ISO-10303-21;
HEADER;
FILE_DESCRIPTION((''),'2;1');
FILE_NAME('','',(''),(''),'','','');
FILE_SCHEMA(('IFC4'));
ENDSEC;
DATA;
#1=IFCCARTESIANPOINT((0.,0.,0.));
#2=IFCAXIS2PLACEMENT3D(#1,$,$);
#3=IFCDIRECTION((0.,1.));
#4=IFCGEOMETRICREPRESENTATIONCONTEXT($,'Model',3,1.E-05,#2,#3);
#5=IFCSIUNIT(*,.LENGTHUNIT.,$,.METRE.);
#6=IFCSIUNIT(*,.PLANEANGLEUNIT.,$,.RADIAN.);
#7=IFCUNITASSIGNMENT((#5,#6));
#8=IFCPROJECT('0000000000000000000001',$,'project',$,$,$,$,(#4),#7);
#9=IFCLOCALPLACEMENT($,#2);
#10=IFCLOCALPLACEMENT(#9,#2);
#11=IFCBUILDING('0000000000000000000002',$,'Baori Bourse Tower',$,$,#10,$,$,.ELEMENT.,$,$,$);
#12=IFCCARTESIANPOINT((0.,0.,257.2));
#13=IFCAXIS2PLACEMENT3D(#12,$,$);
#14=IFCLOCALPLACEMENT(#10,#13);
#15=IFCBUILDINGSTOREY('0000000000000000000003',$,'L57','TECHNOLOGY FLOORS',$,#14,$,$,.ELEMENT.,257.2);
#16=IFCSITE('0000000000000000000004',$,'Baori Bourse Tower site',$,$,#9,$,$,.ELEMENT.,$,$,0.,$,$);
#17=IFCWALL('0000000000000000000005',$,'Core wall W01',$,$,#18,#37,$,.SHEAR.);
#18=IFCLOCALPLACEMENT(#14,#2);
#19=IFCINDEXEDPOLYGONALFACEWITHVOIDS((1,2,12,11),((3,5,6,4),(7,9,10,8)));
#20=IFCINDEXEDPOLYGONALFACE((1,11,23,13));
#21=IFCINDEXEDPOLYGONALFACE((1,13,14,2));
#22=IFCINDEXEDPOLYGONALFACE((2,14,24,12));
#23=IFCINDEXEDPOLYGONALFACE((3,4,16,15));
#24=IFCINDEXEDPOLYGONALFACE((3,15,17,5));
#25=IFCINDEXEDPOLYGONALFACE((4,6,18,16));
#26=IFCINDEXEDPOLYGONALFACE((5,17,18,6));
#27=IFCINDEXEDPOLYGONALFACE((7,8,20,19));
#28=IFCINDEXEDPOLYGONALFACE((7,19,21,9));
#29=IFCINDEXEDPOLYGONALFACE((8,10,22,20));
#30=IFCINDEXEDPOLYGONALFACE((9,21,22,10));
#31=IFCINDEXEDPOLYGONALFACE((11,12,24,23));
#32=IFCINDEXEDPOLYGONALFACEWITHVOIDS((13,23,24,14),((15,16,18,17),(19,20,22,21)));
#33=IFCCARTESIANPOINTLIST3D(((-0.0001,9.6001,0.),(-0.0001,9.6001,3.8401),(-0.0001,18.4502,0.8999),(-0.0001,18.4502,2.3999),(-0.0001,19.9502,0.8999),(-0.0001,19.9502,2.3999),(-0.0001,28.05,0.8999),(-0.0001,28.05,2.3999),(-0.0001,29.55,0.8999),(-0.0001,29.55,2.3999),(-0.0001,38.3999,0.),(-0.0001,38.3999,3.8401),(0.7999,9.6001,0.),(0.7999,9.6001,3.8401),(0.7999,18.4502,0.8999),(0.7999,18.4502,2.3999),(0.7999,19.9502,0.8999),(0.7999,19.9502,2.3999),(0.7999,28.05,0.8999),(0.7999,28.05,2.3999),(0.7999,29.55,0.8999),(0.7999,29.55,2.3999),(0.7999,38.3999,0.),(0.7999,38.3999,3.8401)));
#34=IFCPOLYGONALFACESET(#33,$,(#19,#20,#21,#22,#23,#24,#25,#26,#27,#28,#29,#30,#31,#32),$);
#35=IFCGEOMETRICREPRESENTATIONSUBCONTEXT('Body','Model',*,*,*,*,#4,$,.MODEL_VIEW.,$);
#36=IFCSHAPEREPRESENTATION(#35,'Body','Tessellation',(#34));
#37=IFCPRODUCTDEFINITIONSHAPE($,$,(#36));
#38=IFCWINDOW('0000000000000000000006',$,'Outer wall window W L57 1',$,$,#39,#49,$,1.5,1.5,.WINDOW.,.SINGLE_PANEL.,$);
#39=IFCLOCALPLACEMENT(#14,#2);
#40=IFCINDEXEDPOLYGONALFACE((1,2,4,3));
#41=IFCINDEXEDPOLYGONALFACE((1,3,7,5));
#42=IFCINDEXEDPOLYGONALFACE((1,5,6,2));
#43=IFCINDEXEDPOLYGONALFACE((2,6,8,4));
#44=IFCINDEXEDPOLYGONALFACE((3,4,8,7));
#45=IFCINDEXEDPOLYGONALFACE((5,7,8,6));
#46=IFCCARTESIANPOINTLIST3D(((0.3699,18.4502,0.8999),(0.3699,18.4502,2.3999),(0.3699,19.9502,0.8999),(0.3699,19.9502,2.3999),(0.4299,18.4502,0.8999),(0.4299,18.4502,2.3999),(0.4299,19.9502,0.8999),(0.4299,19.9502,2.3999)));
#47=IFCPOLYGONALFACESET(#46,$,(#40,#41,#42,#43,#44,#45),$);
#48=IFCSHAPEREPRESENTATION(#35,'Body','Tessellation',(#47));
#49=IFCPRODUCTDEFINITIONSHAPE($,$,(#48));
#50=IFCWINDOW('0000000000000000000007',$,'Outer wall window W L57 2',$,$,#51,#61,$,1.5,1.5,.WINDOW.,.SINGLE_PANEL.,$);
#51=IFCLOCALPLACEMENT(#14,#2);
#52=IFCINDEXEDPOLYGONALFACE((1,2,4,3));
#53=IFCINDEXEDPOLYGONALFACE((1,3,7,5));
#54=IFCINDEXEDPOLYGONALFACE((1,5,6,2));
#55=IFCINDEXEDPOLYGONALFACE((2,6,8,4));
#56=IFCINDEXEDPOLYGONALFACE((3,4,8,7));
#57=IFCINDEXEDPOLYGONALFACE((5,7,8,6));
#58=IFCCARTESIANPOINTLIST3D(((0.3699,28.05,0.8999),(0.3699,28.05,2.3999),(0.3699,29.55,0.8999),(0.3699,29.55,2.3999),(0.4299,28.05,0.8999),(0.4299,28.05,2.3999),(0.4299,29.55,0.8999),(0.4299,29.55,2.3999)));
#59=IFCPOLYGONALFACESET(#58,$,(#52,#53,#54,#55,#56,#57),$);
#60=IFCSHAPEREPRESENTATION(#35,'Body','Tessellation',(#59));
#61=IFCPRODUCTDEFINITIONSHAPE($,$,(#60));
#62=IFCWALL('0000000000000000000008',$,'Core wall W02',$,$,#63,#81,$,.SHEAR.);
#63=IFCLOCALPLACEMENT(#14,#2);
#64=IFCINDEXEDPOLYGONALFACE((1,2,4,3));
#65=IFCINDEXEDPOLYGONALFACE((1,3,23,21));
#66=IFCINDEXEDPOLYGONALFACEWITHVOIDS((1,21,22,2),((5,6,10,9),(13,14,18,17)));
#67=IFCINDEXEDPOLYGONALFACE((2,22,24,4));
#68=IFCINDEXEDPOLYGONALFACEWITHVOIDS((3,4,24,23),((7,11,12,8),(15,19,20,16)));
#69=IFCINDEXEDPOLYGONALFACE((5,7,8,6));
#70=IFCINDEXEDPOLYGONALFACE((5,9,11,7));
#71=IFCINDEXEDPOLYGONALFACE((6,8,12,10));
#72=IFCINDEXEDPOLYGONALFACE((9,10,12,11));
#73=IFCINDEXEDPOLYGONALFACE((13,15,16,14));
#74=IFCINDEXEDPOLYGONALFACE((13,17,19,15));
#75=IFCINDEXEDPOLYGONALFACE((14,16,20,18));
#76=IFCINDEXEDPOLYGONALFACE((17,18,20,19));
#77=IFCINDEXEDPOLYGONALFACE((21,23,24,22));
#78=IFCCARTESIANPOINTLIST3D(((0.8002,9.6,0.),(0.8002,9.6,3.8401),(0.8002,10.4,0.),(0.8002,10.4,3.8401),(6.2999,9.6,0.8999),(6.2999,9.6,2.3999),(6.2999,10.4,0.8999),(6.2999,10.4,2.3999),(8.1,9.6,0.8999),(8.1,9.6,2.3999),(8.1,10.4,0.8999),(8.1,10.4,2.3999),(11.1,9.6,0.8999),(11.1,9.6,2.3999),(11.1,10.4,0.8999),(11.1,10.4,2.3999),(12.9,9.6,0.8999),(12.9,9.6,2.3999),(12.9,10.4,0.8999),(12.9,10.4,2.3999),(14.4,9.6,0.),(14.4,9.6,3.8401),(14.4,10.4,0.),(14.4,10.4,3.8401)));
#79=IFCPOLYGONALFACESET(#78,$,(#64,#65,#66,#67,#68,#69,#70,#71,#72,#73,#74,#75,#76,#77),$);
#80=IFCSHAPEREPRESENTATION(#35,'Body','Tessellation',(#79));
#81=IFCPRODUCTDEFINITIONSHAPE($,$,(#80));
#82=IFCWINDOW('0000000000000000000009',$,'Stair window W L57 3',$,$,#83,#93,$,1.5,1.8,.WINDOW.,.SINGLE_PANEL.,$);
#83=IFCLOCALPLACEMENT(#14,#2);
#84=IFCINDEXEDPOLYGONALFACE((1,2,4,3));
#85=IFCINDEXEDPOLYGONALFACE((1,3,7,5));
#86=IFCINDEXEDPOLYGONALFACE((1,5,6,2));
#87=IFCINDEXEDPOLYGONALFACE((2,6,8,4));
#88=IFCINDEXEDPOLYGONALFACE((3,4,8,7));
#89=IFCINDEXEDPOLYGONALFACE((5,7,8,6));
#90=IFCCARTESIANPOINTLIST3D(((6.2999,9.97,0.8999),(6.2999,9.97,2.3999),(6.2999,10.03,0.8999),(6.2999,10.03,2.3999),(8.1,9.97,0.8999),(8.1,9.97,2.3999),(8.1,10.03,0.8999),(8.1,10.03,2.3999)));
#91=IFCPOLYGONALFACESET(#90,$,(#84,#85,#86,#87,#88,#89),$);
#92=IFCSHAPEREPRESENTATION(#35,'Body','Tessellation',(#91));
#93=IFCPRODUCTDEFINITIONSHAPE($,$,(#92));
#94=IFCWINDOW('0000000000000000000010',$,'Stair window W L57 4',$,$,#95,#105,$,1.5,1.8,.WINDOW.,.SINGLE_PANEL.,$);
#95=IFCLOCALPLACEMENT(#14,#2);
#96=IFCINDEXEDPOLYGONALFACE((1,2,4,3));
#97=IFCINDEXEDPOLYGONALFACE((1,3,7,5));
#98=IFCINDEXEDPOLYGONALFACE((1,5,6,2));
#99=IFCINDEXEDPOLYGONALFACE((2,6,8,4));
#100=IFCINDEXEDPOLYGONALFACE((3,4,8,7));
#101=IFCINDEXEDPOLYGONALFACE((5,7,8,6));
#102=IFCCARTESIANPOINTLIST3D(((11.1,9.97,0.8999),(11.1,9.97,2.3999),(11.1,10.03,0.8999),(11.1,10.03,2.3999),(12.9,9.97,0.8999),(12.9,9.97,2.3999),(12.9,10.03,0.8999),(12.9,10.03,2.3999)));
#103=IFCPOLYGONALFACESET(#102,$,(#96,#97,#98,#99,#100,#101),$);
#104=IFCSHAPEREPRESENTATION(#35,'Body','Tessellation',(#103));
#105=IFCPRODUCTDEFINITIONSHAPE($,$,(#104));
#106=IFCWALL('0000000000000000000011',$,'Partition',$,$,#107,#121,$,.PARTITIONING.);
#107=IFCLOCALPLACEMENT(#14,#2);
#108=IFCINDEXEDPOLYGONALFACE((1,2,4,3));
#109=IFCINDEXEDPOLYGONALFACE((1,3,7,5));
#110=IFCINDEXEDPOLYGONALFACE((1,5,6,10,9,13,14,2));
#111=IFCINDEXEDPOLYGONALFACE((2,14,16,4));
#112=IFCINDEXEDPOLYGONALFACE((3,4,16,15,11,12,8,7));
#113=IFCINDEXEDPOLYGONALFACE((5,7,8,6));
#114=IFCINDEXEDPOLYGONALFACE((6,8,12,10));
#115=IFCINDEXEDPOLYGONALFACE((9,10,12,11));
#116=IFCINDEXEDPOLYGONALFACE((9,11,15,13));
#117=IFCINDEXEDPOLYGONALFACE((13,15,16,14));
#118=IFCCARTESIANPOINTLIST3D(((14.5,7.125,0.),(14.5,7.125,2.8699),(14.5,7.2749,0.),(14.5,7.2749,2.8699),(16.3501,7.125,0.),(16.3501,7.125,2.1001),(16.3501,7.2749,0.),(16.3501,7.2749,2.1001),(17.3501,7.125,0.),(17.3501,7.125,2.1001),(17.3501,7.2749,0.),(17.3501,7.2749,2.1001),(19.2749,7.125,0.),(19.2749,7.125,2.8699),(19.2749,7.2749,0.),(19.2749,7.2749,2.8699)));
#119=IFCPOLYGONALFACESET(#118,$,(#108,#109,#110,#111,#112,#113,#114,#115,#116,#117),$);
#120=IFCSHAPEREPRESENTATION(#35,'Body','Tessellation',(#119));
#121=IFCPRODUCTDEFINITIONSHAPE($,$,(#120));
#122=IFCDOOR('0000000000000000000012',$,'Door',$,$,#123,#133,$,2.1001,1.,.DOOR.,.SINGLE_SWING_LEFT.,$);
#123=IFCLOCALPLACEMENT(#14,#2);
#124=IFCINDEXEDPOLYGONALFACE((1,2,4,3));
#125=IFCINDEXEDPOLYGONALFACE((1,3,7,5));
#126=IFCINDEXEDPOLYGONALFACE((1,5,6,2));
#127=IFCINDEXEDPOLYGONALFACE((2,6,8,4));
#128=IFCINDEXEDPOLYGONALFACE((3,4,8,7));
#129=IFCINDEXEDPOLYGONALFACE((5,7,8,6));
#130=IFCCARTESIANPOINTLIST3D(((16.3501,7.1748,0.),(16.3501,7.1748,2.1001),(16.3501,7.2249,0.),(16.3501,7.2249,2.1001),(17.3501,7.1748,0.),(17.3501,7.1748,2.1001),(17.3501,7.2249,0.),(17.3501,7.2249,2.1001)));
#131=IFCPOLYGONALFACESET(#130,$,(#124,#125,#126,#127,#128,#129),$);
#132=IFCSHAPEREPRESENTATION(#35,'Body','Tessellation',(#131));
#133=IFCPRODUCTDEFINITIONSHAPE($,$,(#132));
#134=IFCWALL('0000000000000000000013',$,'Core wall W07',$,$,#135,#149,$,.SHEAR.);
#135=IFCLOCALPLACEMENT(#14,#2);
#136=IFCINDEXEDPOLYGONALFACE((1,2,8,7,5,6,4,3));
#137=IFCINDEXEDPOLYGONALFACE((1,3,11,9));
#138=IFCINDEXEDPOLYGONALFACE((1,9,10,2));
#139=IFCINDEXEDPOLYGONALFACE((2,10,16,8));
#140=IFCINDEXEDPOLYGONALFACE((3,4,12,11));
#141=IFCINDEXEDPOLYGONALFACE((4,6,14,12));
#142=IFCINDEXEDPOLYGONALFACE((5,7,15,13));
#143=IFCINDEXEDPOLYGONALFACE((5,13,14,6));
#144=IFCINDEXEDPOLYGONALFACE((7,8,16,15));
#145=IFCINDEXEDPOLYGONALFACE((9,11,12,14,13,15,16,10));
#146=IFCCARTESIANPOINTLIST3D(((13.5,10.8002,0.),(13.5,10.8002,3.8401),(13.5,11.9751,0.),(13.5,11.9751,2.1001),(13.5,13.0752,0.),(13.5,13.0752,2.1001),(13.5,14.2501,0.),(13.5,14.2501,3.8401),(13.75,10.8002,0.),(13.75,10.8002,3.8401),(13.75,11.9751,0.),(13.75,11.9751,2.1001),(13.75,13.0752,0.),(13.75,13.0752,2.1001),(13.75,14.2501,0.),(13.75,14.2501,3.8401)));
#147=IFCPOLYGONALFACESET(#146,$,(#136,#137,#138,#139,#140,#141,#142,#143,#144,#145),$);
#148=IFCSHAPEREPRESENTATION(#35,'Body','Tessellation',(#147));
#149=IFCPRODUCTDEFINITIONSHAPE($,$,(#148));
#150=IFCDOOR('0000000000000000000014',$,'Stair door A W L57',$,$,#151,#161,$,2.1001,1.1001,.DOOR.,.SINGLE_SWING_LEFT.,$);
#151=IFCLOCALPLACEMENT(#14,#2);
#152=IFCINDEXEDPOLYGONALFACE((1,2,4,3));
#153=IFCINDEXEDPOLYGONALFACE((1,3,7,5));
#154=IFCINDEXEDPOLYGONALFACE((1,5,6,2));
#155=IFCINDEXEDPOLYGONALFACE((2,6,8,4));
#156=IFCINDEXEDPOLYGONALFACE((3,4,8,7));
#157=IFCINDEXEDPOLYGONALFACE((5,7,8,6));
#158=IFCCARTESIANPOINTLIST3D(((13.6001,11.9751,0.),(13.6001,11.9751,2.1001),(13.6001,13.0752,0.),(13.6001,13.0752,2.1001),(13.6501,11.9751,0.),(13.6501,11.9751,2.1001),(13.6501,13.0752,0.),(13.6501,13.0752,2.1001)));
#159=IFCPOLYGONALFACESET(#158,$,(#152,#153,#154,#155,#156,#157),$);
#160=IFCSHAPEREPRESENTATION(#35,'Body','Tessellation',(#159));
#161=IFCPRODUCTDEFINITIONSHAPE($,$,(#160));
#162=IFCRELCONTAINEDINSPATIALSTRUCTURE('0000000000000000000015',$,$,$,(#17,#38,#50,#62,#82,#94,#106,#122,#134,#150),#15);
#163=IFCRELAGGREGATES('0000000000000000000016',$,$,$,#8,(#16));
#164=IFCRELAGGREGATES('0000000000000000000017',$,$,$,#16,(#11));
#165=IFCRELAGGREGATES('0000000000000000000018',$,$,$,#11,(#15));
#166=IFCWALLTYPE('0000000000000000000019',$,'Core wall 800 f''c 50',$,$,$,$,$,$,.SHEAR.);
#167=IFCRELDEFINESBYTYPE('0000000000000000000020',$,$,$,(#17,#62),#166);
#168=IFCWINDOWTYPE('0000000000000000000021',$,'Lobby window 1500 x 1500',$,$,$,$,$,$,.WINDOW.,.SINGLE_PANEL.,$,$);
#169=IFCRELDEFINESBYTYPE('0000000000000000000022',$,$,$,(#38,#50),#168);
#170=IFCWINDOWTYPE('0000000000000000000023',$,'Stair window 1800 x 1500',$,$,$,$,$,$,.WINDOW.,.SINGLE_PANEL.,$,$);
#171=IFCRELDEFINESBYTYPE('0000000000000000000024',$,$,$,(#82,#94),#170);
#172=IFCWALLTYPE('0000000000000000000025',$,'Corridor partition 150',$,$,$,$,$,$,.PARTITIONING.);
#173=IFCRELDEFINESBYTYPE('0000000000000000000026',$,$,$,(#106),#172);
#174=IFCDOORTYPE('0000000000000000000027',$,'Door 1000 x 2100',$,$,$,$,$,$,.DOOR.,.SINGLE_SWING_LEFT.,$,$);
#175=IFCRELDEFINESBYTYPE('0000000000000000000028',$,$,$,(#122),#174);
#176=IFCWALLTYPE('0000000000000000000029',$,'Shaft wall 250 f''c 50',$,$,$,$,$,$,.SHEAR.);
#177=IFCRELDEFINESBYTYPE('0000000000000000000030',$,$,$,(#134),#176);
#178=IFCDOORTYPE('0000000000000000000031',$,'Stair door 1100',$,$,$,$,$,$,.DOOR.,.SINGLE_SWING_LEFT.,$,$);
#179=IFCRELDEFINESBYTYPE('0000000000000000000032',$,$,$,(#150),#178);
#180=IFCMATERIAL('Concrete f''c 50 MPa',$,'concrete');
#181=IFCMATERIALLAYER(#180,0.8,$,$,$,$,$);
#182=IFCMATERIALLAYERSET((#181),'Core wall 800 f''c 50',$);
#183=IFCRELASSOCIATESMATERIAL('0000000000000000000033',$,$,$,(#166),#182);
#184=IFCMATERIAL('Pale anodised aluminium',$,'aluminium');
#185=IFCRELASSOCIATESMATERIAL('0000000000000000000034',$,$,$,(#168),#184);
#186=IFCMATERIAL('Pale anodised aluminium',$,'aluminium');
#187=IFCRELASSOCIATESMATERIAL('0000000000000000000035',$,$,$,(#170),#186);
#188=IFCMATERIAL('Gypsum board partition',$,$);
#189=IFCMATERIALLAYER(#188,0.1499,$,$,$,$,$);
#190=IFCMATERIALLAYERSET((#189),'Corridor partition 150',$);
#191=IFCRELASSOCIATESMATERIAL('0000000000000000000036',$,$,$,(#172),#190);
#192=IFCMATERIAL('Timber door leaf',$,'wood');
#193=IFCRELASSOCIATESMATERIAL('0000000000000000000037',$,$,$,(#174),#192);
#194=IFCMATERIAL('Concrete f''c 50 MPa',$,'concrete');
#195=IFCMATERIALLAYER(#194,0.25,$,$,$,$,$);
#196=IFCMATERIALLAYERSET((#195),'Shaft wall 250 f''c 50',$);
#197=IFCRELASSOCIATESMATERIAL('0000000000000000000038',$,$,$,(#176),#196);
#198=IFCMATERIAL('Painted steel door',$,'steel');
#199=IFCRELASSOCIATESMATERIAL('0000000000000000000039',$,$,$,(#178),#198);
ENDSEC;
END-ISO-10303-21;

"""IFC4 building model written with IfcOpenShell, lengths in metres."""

from ifc_helpers import new_model, si_unit, direction, frame, frame_2d, origin, place, context, subcontext, project, spatial, rectangle, extrude, material, layer, layer_set, type_object, element, fill, save


model = new_model("IFC4")

# Units and contexts
model_context = context("Model", 3, precision=1e-05, world=origin(), true_north=direction((0.0, 1.0)))
body_context = subcontext(model_context, "Body", "Model", "MODEL_VIEW")
ifc_project = project(units=[si_unit("LENGTHUNIT", "METRE"), si_unit("PLANEANGLEUNIT", "RADIAN")], contexts=[model_context])

# Site, building, storey
site_placement = place(None, origin())
site = spatial("IfcSite", under=ifc_project, at=site_placement, Name="Baori Bourse Tower site", CompositionType="ELEMENT", RefElevation=0.0)
building_placement = place(site_placement, origin())
building = spatial("IfcBuilding", under=site, at=building_placement, Name="Baori Bourse Tower", CompositionType="ELEMENT")
storey_placement = place(building_placement, frame((0.0, 0.0, 257.2)))
storey = spatial("IfcBuildingStorey", under=building, at=storey_placement, Name="L57", Description="TECHNOLOGY FLOORS", CompositionType="ELEMENT", Elevation=257.2)

# Walls, openings, windows
ifc_material_1 = material(Name="Concrete f'c 50 MPa", Category="concrete")
ifc_layer_1 = layer(ifc_material_1, 0.8)
ifc_layer_set_1 = layer_set([ifc_layer_1], Name="Core wall 800 f'c 50")
wall_type_1 = type_object("IfcWallType", Name="Core wall 800 f'c 50", PredefinedType="SHEAR", material=ifc_layer_set_1)
wall_1_placement = place(storey_placement, frame((0.3999, 9.6001, 0.0), z_axis=(0.0, 0.0, 1.0), x_axis=(0.0, 1.0, 0.0)))
wall_1 = element("IfcWall", 1, at=wall_1_placement, inside=storey, type_object=wall_type_1, Name="Core wall W01", PredefinedType="SHEAR", context=body_context, shape_type="SweptSolid", body=[
    extrude(rectangle(XDim=28.7998, YDim=0.8, at=frame_2d((14.3999, 0.0))), origin(), (0.0, 0.0, 1.0), 3.8401),
])
opening_1_placement = place(wall_1_placement, frame((8.8501, 0.0, 0.8999)))
opening_1 = element("IfcOpeningElement", 2, at=opening_1_placement, cuts=wall_1, PredefinedType="OPENING", context=body_context, shape_type="SweptSolid", body=[
    extrude(rectangle(XDim=1.5, YDim=1.5, at=frame_2d((0.75, 0.75))), frame((0.0, 0.4099, 0.0), z_axis=(0.0, -1.0, 0.0), x_axis=(1.0, 0.0, 0.0)), (0.0, 0.0, 1.0), 0.8201),
])
opening_2_placement = place(wall_1_placement, frame((18.45, 0.0, 0.8999)))
opening_2 = element("IfcOpeningElement", 3, at=opening_2_placement, cuts=wall_1, PredefinedType="OPENING", context=body_context, shape_type="SweptSolid", body=[
    extrude(rectangle(XDim=1.5, YDim=1.5, at=frame_2d((0.75, 0.75))), frame((0.0, 0.4099, 0.0), z_axis=(0.0, -1.0, 0.0), x_axis=(1.0, 0.0, 0.0)), (0.0, 0.0, 1.0), 0.8201),
])
ifc_material_2 = material(Name="Pale anodised aluminium", Category="aluminium")
window_type_1 = type_object("IfcWindowType", Name="Lobby window 1500 x 1500", PartitioningType="SINGLE_PANEL", PredefinedType="WINDOW", material=ifc_material_2)
window_1_placement = place(opening_1_placement, origin())
window_1 = element("IfcWindow", 4, at=window_1_placement, inside=storey, type_object=window_type_1, Name="Outer wall window W L57 1", OverallHeight=1.5, OverallWidth=1.5, PartitioningType="SINGLE_PANEL", PredefinedType="WINDOW", context=body_context, shape_type="SweptSolid", body=[
    extrude(rectangle(XDim=1.5, YDim=1.5, at=frame_2d((0.75, 0.75))), frame((0.0, 0.03, 0.0), z_axis=(0.0, -1.0, 0.0), x_axis=(1.0, 0.0, 0.0)), (0.0, 0.0, 1.0), 0.0601),
])
fill(opening_1, window_1)
window_2_placement = place(opening_2_placement, origin())
window_2 = element("IfcWindow", 5, at=window_2_placement, inside=storey, type_object=window_type_1, Name="Outer wall window W L57 2", OverallHeight=1.5, OverallWidth=1.5, PartitioningType="SINGLE_PANEL", PredefinedType="WINDOW", context=body_context, shape_type="SweptSolid", body=[
    extrude(rectangle(XDim=1.5, YDim=1.5, at=frame_2d((0.75, 0.75))), frame((0.0, 0.03, 0.0), z_axis=(0.0, -1.0, 0.0), x_axis=(1.0, 0.0, 0.0)), (0.0, 0.0, 1.0), 0.0601),
])
fill(opening_2, window_2)
wall_2_placement = place(storey_placement, frame((14.3999, 10.0, 0.0), z_axis=(0.0, 0.0, 1.0), x_axis=(-1.0, 0.0, 0.0)))
wall_2 = element("IfcWall", 6, at=wall_2_placement, inside=storey, type_object=wall_type_1, Name="Core wall W02", PredefinedType="SHEAR", context=body_context, shape_type="SweptSolid", body=[
    extrude(rectangle(XDim=13.5999, YDim=0.8, at=frame_2d((6.7998, 0.0))), origin(), (0.0, 0.0, 1.0), 3.8401),
])
opening_3_placement = place(wall_2_placement, frame((6.3, 0.0, 0.8999)))
opening_3 = element("IfcOpeningElement", 7, at=opening_3_placement, cuts=wall_2, PredefinedType="OPENING", context=body_context, shape_type="SweptSolid", body=[
    extrude(rectangle(XDim=1.8, YDim=1.5, at=frame_2d((0.8999, 0.75))), frame((0.0, 0.4099, 0.0), z_axis=(0.0, -1.0, 0.0), x_axis=(1.0, 0.0, 0.0)), (0.0, 0.0, 1.0), 0.8201),
])
opening_4_placement = place(wall_2_placement, frame((1.5, 0.0, 0.8999)))
opening_4 = element("IfcOpeningElement", 8, at=opening_4_placement, cuts=wall_2, PredefinedType="OPENING", context=body_context, shape_type="SweptSolid", body=[
    extrude(rectangle(XDim=1.8, YDim=1.5, at=frame_2d((0.8999, 0.75))), frame((0.0, 0.4099, 0.0), z_axis=(0.0, -1.0, 0.0), x_axis=(1.0, 0.0, 0.0)), (0.0, 0.0, 1.0), 0.8201),
])
ifc_material_3 = material(Name="Pale anodised aluminium", Category="aluminium")
window_type_2 = type_object("IfcWindowType", Name="Stair window 1800 x 1500", PartitioningType="SINGLE_PANEL", PredefinedType="WINDOW", material=ifc_material_3)
window_3_placement = place(opening_3_placement, origin())
window_3 = element("IfcWindow", 9, at=window_3_placement, inside=storey, type_object=window_type_2, Name="Stair window W L57 3", OverallHeight=1.5, OverallWidth=1.8, PartitioningType="SINGLE_PANEL", PredefinedType="WINDOW", context=body_context, shape_type="SweptSolid", body=[
    extrude(rectangle(XDim=1.8, YDim=1.5, at=frame_2d((0.8999, 0.75))), frame((0.0, 0.03, 0.0), z_axis=(0.0, -1.0, 0.0), x_axis=(1.0, 0.0, 0.0)), (0.0, 0.0, 1.0), 0.0601),
])
fill(opening_3, window_3)
window_4_placement = place(opening_4_placement, origin())
window_4 = element("IfcWindow", 10, at=window_4_placement, inside=storey, type_object=window_type_2, Name="Stair window W L57 4", OverallHeight=1.5, OverallWidth=1.8, PartitioningType="SINGLE_PANEL", PredefinedType="WINDOW", context=body_context, shape_type="SweptSolid", body=[
    extrude(rectangle(XDim=1.8, YDim=1.5, at=frame_2d((0.8999, 0.75))), frame((0.0, 0.03, 0.0), z_axis=(0.0, -1.0, 0.0), x_axis=(1.0, 0.0, 0.0)), (0.0, 0.0, 1.0), 0.0601),
])
fill(opening_4, window_4)

# Walls, openings, doors
ifc_material_4 = material(Name="Gypsum board partition")
ifc_layer_2 = layer(ifc_material_4, 0.1499)
ifc_layer_set_2 = layer_set([ifc_layer_2], Name="Corridor partition 150")
wall_type_2 = type_object("IfcWallType", Name="Corridor partition 150", PredefinedType="PARTITIONING", material=ifc_layer_set_2)
wall_3_placement = place(storey_placement, frame((14.5, 7.2, 0.0), z_axis=(0.0, 0.0, 1.0), x_axis=(1.0, 0.0, 0.0)))
wall_3 = element("IfcWall", 11, at=wall_3_placement, inside=storey, type_object=wall_type_2, Name="Partition", PredefinedType="PARTITIONING", context=body_context, shape_type="SweptSolid", body=[
    extrude(rectangle(XDim=4.7749, YDim=0.1499, at=frame_2d((2.3875, 0.0))), origin(), (0.0, 0.0, 1.0), 2.8699),
])
opening_5_placement = place(wall_3_placement, frame((1.8501, 0.0, 0.0)))
opening_5 = element("IfcOpeningElement", 12, at=opening_5_placement, cuts=wall_3, PredefinedType="OPENING", context=body_context, shape_type="SweptSolid", body=[
    extrude(rectangle(XDim=1.0, YDim=2.1001, at=frame_2d((0.5, 1.05))), frame((0.0, 0.085, 0.0), z_axis=(0.0, -1.0, 0.0), x_axis=(1.0, 0.0, 0.0)), (0.0, 0.0, 1.0), 0.1699),
])
ifc_material_5 = material(Name="Timber door leaf", Category="wood")
door_type_1 = type_object("IfcDoorType", Name="Door 1000 x 2100", OperationType="SINGLE_SWING_LEFT", PredefinedType="DOOR", material=ifc_material_5)
door_1_placement = place(opening_5_placement, origin())
door_1 = element("IfcDoor", 13, at=door_1_placement, inside=storey, type_object=door_type_1, Name="Door", OperationType="SINGLE_SWING_LEFT", OverallHeight=2.1001, OverallWidth=1.0, PredefinedType="DOOR", context=body_context, shape_type="SweptSolid", body=[
    extrude(rectangle(XDim=1.0, YDim=2.1001, at=frame_2d((0.5, 1.05))), frame((0.0, 0.0249, 0.0), z_axis=(0.0, -1.0, 0.0), x_axis=(1.0, 0.0, 0.0)), (0.0, 0.0, 1.0), 0.05),
])
fill(opening_5, door_1)
ifc_material_6 = material(Name="Concrete f'c 50 MPa", Category="concrete")
ifc_layer_3 = layer(ifc_material_6, 0.25)
ifc_layer_set_3 = layer_set([ifc_layer_3], Name="Shaft wall 250 f'c 50")
wall_type_3 = type_object("IfcWallType", Name="Shaft wall 250 f'c 50", PredefinedType="SHEAR", material=ifc_layer_set_3)
wall_4_placement = place(storey_placement, frame((13.625, 10.8, 0.0), z_axis=(0.0, 0.0, 1.0), x_axis=(0.0, 1.0, 0.0)))
wall_4 = element("IfcWall", 14, at=wall_4_placement, inside=storey, type_object=wall_type_3, Name="Core wall W07", PredefinedType="SHEAR", context=body_context, shape_type="SweptSolid", body=[
    extrude(rectangle(XDim=3.45, YDim=0.25, at=frame_2d((1.7251, 0.0))), origin(), (0.0, 0.0, 1.0), 3.8401),
])
opening_6_placement = place(wall_4_placement, frame((1.175, 0.0, 0.0)))
opening_6 = element("IfcOpeningElement", 15, at=opening_6_placement, cuts=wall_4, PredefinedType="OPENING", context=body_context, shape_type="SweptSolid", body=[
    extrude(rectangle(XDim=1.1001, YDim=2.1001, at=frame_2d((0.55, 1.05))), frame((0.0, 0.135, 0.0), z_axis=(0.0, -1.0, 0.0), x_axis=(1.0, 0.0, 0.0)), (0.0, 0.0, 1.0), 0.27),
])
ifc_material_7 = material(Name="Painted steel door", Category="steel")
door_type_2 = type_object("IfcDoorType", Name="Stair door 1100", OperationType="SINGLE_SWING_LEFT", PredefinedType="DOOR", material=ifc_material_7)
door_2_placement = place(opening_6_placement, origin())
door_2 = element("IfcDoor", 16, at=door_2_placement, inside=storey, type_object=door_type_2, Name="Stair door A W L57", OperationType="SINGLE_SWING_LEFT", OverallHeight=2.1001, OverallWidth=1.1001, PredefinedType="DOOR", context=body_context, shape_type="SweptSolid", body=[
    extrude(rectangle(XDim=1.1001, YDim=2.1001, at=frame_2d((0.55, 1.05))), frame((0.0, 0.0249, 0.0), z_axis=(0.0, -1.0, 0.0), x_axis=(1.0, 0.0, 0.0)), (0.0, 0.0, 1.0), 0.05),
])
fill(opening_6, door_2)

save(model, "model.ifc")
